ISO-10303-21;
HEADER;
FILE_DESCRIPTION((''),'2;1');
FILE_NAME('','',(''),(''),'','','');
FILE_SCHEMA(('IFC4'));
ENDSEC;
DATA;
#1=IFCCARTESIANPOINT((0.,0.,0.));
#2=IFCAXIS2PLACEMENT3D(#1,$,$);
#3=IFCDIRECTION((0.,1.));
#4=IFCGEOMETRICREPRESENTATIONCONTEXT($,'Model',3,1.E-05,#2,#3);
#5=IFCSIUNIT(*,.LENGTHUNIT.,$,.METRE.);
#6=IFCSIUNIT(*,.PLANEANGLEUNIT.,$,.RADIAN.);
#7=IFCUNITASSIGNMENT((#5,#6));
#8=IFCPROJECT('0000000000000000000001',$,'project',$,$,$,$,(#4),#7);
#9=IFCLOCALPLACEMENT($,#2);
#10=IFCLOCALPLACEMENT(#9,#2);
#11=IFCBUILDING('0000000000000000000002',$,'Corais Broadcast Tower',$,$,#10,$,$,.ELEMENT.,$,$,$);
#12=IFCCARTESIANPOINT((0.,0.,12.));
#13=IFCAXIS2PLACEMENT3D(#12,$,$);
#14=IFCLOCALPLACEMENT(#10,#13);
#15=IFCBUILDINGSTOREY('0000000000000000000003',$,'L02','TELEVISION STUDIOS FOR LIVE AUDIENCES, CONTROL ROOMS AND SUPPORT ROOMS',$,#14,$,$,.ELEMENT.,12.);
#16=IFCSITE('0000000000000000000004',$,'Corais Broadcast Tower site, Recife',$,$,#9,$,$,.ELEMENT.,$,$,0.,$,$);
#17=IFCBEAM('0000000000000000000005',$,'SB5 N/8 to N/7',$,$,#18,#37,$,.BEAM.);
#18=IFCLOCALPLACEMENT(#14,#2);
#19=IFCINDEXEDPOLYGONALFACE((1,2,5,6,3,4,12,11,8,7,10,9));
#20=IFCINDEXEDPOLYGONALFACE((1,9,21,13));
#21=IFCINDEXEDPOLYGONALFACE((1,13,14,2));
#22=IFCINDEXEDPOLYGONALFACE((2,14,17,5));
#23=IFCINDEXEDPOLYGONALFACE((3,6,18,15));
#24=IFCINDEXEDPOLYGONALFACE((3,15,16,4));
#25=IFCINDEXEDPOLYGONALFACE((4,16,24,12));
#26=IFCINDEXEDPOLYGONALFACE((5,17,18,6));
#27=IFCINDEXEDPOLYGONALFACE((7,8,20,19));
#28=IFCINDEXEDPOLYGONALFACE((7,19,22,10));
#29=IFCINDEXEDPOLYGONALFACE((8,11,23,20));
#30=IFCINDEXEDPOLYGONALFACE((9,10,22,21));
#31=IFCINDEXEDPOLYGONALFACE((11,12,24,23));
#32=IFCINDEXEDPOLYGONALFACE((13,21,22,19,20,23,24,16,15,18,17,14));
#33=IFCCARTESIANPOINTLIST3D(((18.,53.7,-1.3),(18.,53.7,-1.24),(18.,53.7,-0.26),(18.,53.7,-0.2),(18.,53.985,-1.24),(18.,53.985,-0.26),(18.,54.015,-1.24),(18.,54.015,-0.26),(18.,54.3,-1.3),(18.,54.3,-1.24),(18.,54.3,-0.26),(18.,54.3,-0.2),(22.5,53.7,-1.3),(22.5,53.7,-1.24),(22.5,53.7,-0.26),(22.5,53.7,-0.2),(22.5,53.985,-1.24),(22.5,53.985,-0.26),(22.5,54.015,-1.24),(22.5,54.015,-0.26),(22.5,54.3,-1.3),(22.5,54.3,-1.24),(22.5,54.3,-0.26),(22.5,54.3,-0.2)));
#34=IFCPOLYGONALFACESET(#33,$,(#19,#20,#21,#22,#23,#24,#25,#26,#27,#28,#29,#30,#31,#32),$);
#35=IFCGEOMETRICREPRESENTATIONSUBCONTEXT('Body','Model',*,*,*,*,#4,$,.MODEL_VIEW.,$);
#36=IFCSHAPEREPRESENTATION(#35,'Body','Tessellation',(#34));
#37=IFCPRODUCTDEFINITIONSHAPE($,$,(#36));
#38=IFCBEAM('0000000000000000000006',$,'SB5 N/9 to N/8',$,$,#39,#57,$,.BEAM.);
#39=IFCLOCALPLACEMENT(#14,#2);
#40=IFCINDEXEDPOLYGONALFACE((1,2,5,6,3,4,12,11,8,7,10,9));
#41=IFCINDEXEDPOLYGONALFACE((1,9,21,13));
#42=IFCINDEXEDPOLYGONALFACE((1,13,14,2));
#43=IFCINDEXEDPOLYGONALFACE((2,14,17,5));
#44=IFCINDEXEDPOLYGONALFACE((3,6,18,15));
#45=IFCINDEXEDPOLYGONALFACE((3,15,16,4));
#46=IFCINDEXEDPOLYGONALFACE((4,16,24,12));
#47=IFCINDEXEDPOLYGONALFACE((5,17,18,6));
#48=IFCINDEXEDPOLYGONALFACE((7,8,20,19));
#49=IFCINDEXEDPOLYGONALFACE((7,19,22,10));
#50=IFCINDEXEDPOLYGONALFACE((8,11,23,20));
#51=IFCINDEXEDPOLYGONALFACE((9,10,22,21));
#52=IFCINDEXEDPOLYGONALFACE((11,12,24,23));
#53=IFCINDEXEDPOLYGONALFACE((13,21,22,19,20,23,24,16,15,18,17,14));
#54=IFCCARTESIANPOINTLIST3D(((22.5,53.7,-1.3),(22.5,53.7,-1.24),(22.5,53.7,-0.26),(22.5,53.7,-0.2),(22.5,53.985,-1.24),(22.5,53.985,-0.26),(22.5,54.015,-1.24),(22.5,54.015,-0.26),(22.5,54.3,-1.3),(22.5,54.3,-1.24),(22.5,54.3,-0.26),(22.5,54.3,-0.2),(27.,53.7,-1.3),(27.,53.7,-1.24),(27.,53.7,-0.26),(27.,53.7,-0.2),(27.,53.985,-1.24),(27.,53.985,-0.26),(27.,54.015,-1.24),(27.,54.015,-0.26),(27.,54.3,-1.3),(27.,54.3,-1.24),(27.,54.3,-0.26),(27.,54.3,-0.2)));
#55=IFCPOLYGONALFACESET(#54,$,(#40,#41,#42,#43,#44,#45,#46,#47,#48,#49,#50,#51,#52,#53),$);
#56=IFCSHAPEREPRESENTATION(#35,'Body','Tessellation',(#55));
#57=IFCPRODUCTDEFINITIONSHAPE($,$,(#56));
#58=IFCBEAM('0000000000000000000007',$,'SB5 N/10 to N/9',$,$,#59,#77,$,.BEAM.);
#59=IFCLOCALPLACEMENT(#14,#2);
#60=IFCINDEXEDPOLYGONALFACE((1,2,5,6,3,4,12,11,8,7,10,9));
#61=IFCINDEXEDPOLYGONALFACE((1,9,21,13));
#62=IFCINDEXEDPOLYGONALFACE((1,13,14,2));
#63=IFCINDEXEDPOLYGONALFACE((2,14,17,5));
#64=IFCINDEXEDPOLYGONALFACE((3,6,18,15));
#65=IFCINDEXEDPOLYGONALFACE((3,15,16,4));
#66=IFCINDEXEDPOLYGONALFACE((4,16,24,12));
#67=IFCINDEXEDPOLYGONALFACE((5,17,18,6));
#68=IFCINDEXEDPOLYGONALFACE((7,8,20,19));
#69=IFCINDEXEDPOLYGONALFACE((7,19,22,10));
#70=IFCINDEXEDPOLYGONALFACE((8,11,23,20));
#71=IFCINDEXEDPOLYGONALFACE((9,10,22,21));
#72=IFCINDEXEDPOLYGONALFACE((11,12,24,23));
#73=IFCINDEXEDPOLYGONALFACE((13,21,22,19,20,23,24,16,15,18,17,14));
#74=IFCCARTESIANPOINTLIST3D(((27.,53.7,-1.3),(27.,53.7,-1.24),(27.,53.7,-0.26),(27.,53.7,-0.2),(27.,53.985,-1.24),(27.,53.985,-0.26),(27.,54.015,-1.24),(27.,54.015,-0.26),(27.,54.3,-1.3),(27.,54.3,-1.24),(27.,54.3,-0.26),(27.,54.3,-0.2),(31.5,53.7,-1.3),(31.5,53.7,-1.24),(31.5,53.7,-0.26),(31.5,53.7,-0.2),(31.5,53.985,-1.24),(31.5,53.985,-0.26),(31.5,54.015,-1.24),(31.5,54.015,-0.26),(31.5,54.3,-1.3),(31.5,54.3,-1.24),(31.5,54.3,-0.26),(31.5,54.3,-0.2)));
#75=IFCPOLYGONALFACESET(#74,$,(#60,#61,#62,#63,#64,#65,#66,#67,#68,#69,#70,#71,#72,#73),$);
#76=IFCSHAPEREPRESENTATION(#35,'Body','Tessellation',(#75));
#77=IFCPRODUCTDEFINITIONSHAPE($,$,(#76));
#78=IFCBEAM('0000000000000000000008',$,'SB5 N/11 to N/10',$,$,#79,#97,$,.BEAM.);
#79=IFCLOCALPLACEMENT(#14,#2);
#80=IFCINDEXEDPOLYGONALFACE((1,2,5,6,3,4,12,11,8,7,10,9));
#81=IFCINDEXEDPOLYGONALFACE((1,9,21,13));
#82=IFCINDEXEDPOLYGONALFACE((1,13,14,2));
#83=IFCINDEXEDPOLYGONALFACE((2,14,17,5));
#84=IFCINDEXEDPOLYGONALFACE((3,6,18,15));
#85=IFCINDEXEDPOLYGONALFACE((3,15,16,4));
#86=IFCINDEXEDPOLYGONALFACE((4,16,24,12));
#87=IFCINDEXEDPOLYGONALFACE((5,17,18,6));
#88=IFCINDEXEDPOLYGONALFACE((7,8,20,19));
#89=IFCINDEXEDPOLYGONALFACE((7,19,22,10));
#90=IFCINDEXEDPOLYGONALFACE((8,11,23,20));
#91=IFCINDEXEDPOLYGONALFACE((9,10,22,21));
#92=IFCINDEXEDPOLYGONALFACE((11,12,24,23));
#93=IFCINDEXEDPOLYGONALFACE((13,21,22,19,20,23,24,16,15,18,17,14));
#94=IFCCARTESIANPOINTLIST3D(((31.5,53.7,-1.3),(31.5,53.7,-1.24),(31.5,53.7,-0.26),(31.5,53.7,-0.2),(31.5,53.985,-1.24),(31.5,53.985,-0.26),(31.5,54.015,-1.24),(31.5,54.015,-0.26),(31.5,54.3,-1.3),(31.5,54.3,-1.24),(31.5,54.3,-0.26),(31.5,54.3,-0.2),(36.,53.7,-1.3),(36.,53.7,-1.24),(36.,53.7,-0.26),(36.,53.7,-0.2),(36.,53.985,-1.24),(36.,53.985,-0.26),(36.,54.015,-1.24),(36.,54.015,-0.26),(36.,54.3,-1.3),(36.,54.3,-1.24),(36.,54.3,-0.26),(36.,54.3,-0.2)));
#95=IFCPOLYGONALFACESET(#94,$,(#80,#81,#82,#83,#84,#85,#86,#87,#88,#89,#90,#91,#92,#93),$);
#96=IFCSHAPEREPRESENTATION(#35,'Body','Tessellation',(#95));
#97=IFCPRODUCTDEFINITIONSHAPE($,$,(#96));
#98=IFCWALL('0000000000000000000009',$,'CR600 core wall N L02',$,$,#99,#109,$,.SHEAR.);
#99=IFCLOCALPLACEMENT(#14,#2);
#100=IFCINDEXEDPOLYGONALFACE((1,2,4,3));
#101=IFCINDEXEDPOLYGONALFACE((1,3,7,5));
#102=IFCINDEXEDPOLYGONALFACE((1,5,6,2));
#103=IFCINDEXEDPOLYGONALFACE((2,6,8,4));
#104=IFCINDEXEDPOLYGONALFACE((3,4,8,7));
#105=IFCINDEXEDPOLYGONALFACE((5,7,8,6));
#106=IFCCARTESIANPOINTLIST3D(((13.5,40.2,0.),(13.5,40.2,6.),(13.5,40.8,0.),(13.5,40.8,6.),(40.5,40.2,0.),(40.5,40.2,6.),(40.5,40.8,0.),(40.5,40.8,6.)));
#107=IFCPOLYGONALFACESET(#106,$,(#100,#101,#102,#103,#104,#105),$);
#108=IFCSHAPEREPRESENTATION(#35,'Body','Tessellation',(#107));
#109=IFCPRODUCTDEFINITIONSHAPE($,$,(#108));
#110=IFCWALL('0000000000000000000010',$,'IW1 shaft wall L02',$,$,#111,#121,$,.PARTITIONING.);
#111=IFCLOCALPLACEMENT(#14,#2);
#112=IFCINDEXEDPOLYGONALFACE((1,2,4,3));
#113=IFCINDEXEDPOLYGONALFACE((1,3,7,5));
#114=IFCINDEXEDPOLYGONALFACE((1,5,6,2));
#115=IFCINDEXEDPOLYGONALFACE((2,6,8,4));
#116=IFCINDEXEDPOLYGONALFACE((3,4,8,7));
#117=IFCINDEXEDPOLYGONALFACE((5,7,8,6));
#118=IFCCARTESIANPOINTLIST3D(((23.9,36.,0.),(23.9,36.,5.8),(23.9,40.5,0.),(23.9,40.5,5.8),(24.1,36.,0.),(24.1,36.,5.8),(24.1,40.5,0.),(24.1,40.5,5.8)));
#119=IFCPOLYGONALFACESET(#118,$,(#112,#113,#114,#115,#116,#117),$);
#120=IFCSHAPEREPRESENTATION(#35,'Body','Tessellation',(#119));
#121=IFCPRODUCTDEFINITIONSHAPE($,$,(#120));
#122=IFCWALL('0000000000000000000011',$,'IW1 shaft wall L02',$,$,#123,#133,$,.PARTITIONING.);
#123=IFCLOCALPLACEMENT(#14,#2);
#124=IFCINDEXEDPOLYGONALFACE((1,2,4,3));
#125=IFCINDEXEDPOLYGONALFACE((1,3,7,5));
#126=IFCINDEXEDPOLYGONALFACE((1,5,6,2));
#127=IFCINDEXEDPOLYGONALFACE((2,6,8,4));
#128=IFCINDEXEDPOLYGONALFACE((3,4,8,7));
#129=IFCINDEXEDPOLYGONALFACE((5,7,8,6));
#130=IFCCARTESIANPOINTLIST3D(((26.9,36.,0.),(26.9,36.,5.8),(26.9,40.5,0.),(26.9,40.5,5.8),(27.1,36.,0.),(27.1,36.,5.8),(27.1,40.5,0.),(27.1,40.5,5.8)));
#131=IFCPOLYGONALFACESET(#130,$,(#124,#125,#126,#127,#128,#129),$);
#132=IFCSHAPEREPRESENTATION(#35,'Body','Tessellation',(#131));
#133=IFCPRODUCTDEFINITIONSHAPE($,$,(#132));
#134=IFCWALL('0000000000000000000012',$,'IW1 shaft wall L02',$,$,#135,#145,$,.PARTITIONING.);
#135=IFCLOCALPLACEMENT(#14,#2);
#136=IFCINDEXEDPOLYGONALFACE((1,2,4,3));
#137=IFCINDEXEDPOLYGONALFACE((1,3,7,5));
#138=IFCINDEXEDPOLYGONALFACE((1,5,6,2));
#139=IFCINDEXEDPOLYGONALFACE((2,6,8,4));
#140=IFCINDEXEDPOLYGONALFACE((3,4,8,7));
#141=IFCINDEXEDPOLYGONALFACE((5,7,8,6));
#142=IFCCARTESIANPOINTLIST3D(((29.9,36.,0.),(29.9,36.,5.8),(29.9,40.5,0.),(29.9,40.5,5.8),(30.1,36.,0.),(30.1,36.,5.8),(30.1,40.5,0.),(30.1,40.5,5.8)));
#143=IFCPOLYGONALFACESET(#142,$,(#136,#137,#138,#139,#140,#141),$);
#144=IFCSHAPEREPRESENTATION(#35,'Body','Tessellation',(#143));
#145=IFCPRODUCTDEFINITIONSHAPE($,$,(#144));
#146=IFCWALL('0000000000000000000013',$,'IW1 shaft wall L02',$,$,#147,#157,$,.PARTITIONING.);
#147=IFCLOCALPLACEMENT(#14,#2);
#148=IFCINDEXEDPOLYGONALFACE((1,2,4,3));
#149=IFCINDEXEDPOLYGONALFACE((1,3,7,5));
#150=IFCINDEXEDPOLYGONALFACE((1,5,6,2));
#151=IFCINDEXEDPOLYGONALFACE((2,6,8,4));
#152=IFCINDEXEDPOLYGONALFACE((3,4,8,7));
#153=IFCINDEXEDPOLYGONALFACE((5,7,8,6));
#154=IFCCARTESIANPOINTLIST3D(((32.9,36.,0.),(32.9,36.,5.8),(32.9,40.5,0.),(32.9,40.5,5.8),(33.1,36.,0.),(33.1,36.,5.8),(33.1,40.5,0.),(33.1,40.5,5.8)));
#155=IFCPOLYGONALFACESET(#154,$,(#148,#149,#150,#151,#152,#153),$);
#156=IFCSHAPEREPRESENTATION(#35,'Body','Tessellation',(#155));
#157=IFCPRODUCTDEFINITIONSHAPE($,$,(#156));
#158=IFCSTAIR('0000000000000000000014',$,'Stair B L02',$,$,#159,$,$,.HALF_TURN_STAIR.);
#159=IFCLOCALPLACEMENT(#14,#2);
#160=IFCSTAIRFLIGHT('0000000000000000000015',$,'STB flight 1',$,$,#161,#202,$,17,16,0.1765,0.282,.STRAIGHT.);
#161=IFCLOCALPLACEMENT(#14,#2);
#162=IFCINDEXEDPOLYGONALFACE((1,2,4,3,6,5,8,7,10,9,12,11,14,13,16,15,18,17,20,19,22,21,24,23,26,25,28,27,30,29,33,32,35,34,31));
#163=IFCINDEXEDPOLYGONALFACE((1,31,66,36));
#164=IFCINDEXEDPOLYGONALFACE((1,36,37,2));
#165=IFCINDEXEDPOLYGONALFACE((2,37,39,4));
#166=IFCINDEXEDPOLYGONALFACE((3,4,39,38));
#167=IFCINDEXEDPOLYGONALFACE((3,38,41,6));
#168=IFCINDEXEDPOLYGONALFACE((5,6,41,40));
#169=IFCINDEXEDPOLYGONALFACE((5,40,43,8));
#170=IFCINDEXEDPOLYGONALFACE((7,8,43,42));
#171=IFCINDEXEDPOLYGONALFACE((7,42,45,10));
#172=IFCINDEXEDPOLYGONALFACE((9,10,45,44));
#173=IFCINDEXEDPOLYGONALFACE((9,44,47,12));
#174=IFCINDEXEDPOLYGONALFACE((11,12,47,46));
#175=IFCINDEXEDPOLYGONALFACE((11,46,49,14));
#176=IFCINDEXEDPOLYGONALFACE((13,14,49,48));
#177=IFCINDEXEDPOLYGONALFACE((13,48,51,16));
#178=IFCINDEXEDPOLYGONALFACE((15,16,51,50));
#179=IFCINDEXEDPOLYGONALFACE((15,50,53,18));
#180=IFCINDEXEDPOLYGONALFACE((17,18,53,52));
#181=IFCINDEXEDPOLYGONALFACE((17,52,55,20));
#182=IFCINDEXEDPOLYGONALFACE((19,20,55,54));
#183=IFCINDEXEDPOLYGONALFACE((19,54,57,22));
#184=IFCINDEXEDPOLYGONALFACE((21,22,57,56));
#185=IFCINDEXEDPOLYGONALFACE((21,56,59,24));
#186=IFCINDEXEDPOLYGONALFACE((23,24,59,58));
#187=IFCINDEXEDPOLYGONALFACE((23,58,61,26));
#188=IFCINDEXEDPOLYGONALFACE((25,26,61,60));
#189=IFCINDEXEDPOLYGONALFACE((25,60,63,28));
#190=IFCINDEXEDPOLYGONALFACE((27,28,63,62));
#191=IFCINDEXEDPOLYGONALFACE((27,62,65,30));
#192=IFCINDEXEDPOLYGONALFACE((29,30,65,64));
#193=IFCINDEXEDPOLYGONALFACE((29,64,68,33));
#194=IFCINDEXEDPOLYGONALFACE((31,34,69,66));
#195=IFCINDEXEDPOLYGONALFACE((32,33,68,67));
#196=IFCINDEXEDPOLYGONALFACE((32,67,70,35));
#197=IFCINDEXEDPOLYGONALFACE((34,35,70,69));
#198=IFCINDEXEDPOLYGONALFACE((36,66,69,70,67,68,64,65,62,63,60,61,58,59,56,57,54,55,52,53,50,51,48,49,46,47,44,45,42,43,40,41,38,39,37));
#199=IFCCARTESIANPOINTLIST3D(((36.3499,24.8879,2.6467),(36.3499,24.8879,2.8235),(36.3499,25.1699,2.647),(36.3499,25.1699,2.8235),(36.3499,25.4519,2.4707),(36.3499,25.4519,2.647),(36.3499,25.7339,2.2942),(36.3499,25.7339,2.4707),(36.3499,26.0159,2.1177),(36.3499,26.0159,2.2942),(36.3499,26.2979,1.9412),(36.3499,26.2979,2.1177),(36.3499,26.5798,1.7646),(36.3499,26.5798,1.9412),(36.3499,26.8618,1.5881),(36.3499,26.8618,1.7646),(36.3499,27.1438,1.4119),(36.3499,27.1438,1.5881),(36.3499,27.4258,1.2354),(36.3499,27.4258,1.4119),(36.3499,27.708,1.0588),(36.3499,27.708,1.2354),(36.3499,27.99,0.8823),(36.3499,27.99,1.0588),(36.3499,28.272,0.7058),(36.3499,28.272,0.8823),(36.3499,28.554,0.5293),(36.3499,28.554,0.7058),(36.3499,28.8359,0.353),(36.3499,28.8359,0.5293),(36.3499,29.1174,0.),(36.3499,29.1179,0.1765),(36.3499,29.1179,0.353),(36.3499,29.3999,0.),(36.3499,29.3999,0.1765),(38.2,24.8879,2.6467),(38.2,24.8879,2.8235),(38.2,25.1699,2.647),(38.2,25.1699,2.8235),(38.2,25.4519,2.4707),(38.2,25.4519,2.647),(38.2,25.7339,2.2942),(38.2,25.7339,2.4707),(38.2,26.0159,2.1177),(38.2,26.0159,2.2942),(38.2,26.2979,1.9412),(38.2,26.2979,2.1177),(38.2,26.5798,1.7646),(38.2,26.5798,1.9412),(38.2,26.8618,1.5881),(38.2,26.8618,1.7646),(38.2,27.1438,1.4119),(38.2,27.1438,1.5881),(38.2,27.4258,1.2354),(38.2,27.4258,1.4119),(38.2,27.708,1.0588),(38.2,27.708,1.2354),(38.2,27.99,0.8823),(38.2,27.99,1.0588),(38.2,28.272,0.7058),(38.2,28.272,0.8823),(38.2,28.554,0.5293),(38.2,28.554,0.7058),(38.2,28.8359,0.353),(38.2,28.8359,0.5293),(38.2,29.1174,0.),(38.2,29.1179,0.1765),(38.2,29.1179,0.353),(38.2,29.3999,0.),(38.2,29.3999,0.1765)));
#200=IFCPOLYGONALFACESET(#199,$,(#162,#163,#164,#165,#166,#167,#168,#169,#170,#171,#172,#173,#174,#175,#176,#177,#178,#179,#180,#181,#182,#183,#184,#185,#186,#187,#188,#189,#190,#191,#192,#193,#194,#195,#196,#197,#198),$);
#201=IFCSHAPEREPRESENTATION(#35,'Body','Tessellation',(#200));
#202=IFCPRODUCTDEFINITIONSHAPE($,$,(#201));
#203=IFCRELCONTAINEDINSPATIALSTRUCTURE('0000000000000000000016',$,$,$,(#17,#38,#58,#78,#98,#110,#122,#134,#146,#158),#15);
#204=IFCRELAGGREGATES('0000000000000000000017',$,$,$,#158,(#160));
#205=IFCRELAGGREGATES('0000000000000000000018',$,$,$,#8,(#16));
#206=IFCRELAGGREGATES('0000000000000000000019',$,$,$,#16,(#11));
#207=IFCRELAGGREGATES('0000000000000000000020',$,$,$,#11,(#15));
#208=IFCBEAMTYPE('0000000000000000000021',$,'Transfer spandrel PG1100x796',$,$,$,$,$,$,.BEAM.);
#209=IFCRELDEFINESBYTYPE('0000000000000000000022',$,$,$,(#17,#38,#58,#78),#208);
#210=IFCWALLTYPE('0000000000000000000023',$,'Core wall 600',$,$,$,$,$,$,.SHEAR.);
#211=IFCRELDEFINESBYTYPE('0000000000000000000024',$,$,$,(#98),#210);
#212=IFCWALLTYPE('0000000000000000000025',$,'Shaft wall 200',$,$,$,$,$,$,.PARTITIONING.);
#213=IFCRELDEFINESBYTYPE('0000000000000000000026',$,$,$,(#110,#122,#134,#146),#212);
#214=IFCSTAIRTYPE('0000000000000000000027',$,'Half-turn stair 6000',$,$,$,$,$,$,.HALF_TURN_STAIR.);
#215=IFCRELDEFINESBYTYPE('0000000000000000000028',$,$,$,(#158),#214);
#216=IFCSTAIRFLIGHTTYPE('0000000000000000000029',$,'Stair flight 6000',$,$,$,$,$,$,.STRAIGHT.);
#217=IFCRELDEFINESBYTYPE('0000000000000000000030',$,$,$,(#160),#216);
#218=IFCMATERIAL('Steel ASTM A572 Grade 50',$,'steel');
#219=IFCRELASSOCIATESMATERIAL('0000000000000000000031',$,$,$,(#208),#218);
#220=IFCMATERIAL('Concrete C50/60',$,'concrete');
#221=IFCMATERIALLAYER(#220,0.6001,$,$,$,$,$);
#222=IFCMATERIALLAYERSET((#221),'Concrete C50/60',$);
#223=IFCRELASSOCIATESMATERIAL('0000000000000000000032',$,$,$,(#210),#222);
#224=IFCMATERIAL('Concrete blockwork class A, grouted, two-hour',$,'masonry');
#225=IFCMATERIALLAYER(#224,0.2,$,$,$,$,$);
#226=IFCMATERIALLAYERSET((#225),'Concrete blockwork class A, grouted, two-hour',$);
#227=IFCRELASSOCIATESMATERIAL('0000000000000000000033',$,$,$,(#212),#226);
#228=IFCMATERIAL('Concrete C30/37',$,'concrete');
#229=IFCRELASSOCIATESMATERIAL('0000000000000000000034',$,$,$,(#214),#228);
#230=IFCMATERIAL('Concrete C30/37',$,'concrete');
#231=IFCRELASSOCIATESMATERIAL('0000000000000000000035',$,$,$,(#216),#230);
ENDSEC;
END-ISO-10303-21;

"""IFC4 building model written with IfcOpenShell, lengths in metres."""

from ifc_helpers import new_model, si_unit, direction, frame, frame_2d, origin, origin_2d, place, context, subcontext, project, spatial, polyline, rectangle, i_section, outline, extrude, material, layer, layer_set, material_profile, profile_set, type_object, element, aggregate, save


model = new_model("IFC4")

# Units and contexts
model_context = context("Model", 3, precision=1e-05, world=origin(), true_north=direction((0.0, 1.0)))
body_context = subcontext(model_context, "Body", "Model", "MODEL_VIEW")
ifc_project = project(units=[si_unit("LENGTHUNIT", "METRE"), si_unit("PLANEANGLEUNIT", "RADIAN")], contexts=[model_context])

# Site, building, storey
site_placement = place(None, origin())
site = spatial("IfcSite", under=ifc_project, at=site_placement, Name="Corais Broadcast Tower site, Recife", CompositionType="ELEMENT", RefElevation=0.0)
building_placement = place(site_placement, origin())
building = spatial("IfcBuilding", under=site, at=building_placement, Name="Corais Broadcast Tower", CompositionType="ELEMENT")
storey_placement = place(building_placement, frame((0.0, 0.0, 12.0)))
storey = spatial("IfcBuildingStorey", under=building, at=storey_placement, Name="L02", Description="TELEVISION STUDIOS FOR LIVE AUDIENCES, CONTROL ROOMS AND SUPPORT ROOMS", CompositionType="ELEMENT", Elevation=12.0)

# Beams
ifc_material_1 = material(Name="Steel ASTM A572 Grade 50", Category="steel")
ifc_material_profile_1 = material_profile(ifc_material_1, i_section(OverallWidth=0.6001, OverallDepth=1.1001, WebThickness=0.03, FlangeThickness=0.0601, at=origin_2d()), Name="PG1100x796")
ifc_profile_set_1 = profile_set([ifc_material_profile_1], Name="Steel ASTM A572 Grade 50")
beam_type_1 = type_object("IfcBeamType", Name="Transfer spandrel PG1100x796", PredefinedType="BEAM", material=ifc_profile_set_1)
for number, where, z_axis, x_axis, name in (
    (1, (22.5, 54.0, -0.75), (-1.0, 0.0, 0.0), (0.0, -1.0, 0.0), "SB5 N/8 to N/7"),
    (2, (27.0, 54.0, -0.75), (-1.0, 0.0, 0.0), (0.0, -1.0, 0.0), "SB5 N/9 to N/8"),
    (3, (31.5, 54.0, -0.75), (-1.0, 0.0, 0.0), (0.0, -1.0, 0.0), "SB5 N/10 to N/9"),
    (4, (36.0, 54.0, -0.75), (-1.0, 0.0, 0.0), (0.0, -1.0, 0.0), "SB5 N/11 to N/10"),
):
    element("IfcBeam", number, at=place(storey_placement, frame(where, z_axis=z_axis, x_axis=x_axis)), inside=storey, type_object=beam_type_1, Name=name, PredefinedType="BEAM", context=body_context, shape_type="SweptSolid", body=[
        extrude(i_section(OverallWidth=0.6001, OverallDepth=1.1001, WebThickness=0.03, FlangeThickness=0.0601, at=origin_2d()), origin(), (0.0, 0.0, 1.0), 4.5),
    ])

# Walls
ifc_material_2 = material(Name="Concrete C50/60", Category="concrete")
ifc_layer_1 = layer(ifc_material_2, 0.6001)
ifc_layer_set_1 = layer_set([ifc_layer_1], Name="Concrete C50/60")
wall_type_1 = type_object("IfcWallType", Name="Core wall 600", PredefinedType="SHEAR", material=ifc_layer_set_1)
wall_placement = place(storey_placement, frame((40.5, 40.5, 0.0), z_axis=(0.0, 0.0, 1.0), x_axis=(-1.0, 0.0, 0.0)))
element("IfcWall", 5, at=wall_placement, inside=storey, type_object=wall_type_1, Name="CR600 core wall N L02", PredefinedType="SHEAR", context=body_context, shape_type="SweptSolid", body=[
    extrude(rectangle(XDim=27.0, YDim=0.6001, at=frame_2d((13.5, 0.0))), origin(), (0.0, 0.0, 1.0), 6.0),
])
ifc_material_3 = material(Name="Concrete blockwork class A, grouted, two-hour", Category="masonry")
ifc_layer_2 = layer(ifc_material_3, 0.2)
ifc_layer_set_2 = layer_set([ifc_layer_2], Name="Concrete blockwork class A, grouted, two-hour")
wall_type_2 = type_object("IfcWallType", Name="Shaft wall 200", PredefinedType="PARTITIONING", material=ifc_layer_set_2)
for number, where, z_axis, x_axis, name in (
    (6, (24.0, 36.0, 0.0), (0.0, 0.0, 1.0), (0.0, 1.0, 0.0), "IW1 shaft wall L02"),
    (7, (27.0, 36.0, 0.0), (0.0, 0.0, 1.0), (0.0, 1.0, 0.0), "IW1 shaft wall L02"),
    (8, (30.0, 36.0, 0.0), (0.0, 0.0, 1.0), (0.0, 1.0, 0.0), "IW1 shaft wall L02"),
    (9, (33.0, 36.0, 0.0), (0.0, 0.0, 1.0), (0.0, 1.0, 0.0), "IW1 shaft wall L02"),
):
    element("IfcWall", number, at=place(storey_placement, frame(where, z_axis=z_axis, x_axis=x_axis)), inside=storey, type_object=wall_type_2, Name=name, PredefinedType="PARTITIONING", context=body_context, shape_type="SweptSolid", body=[
        extrude(rectangle(XDim=4.5, YDim=0.2, at=frame_2d((2.25, 0.0))), origin(), (0.0, 0.0, 1.0), 5.8),
    ])

# Stair, stair flight
ifc_material_4 = material(Name="Concrete C30/37", Category="concrete")
stair_type = type_object("IfcStairType", Name="Half-turn stair 6000", PredefinedType="HALF_TURN_STAIR", material=ifc_material_4)
stair_placement = place(storey_placement, origin())
stair = element("IfcStair", 10, at=stair_placement, inside=storey, type_object=stair_type, Name="Stair B L02", PredefinedType="HALF_TURN_STAIR")
ifc_material_5 = material(Name="Concrete C30/37", Category="concrete")
stair_flight_type = type_object("IfcStairFlightType", Name="Stair flight 6000", PredefinedType="STRAIGHT", material=ifc_material_5)
stair_flight_placement = place(storey_placement, frame((37.2749, 29.3999, 0.0), z_axis=(0.0, 0.0, 1.0), x_axis=(0.0, -1.0, 0.0)))
stair_flight = element("IfcStairFlight", 11, at=stair_flight_placement, type_object=stair_flight_type, Name="STB flight 1", NumberOfRisers=17, NumberOfTreads=16, PredefinedType="STRAIGHT", RiserHeight=0.1765, TreadLength=0.282, context=body_context, shape_type="SweptSolid", body=[
    extrude(outline(polyline([(0.0, 0.0), (0.0, 0.1765), (0.282, 0.1765), (0.282, 0.353), (0.564, 0.353), (0.564, 0.5293), (0.8459, 0.5293), (0.8459, 0.7058), (1.1279, 0.7058), (1.1279, 0.8823), (1.4099, 0.8823), (1.4099, 1.0588), (1.6919, 1.0588), (1.6919, 1.2354), (1.9741, 1.2354), (1.9741, 1.4119), (2.2561, 1.4119), (2.2561, 1.5881), (2.5381, 1.5881), (2.5381, 1.7646), (2.8201, 1.7646), (2.8201, 1.9412), (3.1021, 1.9412), (3.1021, 2.1177), (3.384, 2.1177), (3.384, 2.2942), (3.666, 2.2942), (3.666, 2.4707), (3.948, 2.4707), (3.948, 2.647), (4.23, 2.647), (4.23, 2.8235), (4.512, 2.8235), (4.512, 3.0), (4.512, 2.6467), (0.2825, 0.0), (0.0, 0.0)])), frame((0.0, 0.925, 0.0), z_axis=(0.0, -1.0, 0.0), x_axis=(1.0, 0.0, 0.0)), (0.0, 0.0, 1.0), 1.8501),
])
aggregate(stair, [stair_flight])

save(model, "model.ifc")
